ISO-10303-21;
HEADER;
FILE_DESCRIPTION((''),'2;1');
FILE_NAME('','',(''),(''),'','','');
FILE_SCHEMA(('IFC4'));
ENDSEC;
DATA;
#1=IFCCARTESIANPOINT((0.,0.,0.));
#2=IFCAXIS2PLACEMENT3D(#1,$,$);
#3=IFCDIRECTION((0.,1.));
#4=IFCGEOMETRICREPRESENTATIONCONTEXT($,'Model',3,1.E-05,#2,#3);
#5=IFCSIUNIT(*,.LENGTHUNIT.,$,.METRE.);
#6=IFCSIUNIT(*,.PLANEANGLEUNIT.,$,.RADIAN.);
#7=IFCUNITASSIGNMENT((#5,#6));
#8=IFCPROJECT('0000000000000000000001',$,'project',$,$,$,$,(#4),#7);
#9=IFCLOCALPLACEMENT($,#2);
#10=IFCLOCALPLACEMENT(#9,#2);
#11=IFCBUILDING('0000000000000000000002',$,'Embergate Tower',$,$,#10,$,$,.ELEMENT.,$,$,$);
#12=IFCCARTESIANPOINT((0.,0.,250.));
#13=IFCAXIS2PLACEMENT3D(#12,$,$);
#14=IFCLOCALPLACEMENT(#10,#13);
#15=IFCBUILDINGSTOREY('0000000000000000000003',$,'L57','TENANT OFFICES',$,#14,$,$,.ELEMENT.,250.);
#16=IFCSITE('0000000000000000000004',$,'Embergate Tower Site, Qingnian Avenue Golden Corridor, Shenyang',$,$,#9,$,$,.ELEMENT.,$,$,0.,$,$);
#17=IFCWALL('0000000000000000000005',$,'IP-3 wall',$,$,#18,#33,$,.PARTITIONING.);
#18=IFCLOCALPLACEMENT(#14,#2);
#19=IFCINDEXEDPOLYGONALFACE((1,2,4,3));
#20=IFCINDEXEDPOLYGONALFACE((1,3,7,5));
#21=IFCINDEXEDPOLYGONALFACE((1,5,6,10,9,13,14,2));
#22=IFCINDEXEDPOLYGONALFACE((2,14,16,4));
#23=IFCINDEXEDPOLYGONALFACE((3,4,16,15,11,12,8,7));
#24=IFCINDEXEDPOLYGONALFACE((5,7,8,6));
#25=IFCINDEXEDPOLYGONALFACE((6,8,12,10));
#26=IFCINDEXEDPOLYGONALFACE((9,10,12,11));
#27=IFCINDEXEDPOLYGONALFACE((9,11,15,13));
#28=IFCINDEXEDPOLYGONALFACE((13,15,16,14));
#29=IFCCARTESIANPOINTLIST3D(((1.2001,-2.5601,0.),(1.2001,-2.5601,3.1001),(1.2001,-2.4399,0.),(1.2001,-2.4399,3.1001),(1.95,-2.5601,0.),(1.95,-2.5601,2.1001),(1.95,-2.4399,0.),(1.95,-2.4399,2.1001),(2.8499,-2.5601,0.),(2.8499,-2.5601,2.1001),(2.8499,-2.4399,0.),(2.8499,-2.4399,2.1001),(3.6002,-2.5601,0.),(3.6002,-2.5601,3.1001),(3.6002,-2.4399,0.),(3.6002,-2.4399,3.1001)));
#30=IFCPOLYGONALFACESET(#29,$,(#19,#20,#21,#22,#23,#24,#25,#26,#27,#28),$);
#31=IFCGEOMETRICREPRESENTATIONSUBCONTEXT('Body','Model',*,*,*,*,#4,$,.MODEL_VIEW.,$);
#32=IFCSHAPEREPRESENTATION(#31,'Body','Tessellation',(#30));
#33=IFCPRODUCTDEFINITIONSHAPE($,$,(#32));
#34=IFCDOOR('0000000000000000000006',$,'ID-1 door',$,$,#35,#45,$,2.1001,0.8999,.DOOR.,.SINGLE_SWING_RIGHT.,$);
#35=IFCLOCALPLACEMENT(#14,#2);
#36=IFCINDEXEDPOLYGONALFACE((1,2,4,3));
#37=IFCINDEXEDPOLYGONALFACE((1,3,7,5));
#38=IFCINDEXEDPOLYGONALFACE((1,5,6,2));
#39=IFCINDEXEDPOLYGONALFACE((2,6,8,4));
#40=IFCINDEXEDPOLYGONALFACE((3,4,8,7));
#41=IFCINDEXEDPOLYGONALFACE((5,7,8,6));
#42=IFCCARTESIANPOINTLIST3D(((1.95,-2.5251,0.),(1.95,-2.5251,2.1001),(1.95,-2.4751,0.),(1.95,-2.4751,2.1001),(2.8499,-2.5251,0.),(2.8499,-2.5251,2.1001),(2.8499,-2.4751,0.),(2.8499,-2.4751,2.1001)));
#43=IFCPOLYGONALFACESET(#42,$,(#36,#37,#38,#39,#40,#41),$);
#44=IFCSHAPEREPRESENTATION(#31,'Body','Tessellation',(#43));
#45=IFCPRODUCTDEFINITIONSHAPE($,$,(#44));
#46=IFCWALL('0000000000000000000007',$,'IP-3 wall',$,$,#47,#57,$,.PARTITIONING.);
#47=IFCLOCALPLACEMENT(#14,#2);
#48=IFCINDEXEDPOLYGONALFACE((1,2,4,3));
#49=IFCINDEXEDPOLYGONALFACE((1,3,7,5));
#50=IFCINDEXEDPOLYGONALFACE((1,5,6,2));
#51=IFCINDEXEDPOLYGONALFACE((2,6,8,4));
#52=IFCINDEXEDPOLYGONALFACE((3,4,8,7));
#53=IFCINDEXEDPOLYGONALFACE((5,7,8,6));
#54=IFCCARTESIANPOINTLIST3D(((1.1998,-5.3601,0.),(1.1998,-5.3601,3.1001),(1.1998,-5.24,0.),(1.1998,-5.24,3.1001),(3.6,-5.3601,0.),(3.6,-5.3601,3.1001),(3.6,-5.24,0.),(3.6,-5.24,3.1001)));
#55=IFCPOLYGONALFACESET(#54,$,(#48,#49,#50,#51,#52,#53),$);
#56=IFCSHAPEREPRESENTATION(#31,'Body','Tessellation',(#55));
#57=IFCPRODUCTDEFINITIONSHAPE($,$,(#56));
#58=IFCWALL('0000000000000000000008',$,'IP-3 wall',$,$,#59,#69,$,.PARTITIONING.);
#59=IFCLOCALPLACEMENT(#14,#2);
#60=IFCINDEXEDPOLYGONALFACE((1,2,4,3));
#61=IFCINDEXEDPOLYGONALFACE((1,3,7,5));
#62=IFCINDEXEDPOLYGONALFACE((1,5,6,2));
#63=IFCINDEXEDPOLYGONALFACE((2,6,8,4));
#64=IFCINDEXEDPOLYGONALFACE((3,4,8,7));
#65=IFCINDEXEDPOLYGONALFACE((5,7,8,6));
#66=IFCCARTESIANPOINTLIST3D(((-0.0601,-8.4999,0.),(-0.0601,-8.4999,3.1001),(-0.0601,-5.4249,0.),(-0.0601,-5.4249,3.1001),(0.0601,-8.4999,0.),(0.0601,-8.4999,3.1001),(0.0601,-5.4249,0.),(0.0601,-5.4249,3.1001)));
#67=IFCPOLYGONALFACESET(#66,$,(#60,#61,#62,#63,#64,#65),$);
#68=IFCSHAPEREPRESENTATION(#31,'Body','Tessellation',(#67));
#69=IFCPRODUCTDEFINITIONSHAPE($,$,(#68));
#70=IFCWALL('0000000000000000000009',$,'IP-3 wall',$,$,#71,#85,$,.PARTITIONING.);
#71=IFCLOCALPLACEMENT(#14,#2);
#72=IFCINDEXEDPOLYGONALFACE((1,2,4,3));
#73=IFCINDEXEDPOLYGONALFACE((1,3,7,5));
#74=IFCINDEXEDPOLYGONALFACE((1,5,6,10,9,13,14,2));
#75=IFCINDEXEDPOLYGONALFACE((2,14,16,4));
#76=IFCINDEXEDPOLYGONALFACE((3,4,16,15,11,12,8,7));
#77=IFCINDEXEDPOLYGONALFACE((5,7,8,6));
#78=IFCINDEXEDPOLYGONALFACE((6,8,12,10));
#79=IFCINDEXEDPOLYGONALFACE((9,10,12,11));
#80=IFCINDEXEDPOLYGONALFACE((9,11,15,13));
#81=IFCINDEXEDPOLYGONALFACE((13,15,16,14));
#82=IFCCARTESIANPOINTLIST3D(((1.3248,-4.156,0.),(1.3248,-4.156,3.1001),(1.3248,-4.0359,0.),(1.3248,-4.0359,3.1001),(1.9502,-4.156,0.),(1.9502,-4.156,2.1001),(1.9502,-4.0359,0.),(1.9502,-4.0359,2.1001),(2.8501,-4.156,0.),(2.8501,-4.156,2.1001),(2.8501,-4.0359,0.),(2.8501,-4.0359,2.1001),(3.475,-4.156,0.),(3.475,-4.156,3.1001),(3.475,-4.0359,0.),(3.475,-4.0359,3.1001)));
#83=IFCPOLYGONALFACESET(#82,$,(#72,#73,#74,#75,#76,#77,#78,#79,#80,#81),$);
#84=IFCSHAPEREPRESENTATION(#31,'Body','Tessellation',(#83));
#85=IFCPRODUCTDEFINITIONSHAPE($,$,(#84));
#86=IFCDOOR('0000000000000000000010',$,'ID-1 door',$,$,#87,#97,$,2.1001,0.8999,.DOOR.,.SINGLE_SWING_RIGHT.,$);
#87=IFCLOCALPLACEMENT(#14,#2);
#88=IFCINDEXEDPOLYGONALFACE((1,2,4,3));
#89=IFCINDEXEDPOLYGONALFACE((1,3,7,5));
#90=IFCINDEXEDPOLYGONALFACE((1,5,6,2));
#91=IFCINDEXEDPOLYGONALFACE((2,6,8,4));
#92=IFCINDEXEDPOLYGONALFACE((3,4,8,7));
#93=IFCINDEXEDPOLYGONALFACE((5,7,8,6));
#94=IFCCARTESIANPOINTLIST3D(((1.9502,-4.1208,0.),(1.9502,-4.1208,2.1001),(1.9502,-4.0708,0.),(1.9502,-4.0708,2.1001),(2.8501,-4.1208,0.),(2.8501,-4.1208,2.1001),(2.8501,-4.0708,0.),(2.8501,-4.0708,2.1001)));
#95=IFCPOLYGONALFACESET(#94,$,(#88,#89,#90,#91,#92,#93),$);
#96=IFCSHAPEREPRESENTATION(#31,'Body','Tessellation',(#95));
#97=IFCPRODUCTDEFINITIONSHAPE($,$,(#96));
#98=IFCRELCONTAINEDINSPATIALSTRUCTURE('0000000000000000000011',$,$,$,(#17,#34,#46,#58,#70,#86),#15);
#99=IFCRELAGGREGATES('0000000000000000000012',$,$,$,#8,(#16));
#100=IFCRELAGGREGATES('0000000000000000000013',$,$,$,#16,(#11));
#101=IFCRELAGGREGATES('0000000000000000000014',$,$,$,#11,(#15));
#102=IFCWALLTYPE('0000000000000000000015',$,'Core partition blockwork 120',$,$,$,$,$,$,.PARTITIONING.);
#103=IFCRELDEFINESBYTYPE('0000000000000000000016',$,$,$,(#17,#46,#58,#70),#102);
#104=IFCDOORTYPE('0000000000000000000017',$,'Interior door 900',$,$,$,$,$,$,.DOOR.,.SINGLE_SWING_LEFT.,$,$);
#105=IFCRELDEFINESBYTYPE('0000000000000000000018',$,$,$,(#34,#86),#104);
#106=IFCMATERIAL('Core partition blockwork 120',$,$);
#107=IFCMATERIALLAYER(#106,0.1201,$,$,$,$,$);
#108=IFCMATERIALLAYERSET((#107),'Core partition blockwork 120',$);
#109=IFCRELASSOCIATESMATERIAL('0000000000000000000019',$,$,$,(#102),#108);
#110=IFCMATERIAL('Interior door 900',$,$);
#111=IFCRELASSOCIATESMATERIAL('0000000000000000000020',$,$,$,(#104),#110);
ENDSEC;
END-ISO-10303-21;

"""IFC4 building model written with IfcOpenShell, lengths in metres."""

from ifc_helpers import new_model, si_unit, direction, frame, frame_2d, origin, place, context, subcontext, project, spatial, rectangle, extrude, source, transform, mapped, material, layer, layer_set, type_object, element, fill, save


model = new_model("IFC4")

# Units and contexts
model_context = context("Model", 3, precision=1e-05, world=origin(), true_north=direction((0.0, 1.0)))
body_context = subcontext(model_context, "Body", "Model", "MODEL_VIEW")
ifc_project = project(units=[si_unit("LENGTHUNIT", "METRE"), si_unit("PLANEANGLEUNIT", "RADIAN")], contexts=[model_context])

# Site, building, storey
site_placement = place(None, origin())
site = spatial("IfcSite", under=ifc_project, at=site_placement, Name="Embergate Tower Site, Qingnian Avenue Golden Corridor, Shenyang", CompositionType="ELEMENT", RefElevation=0.0)
building_placement = place(site_placement, origin())
building = spatial("IfcBuilding", under=site, at=building_placement, Name="Embergate Tower", CompositionType="ELEMENT")
storey_placement = place(building_placement, frame((0.0, 0.0, 250.0)))
storey = spatial("IfcBuildingStorey", under=building, at=storey_placement, Name="L57", Description="TENANT OFFICES", CompositionType="ELEMENT", Elevation=250.0)

# Wall, opening, door
ifc_material_1 = material(Name="Core partition blockwork 120")
ifc_layer_1 = layer(ifc_material_1, 0.1201)
ifc_layer_set_1 = layer_set([ifc_layer_1], Name="Core partition blockwork 120")
wall_type_1 = type_object("IfcWallType", Name="Core partition blockwork 120", PredefinedType="PARTITIONING", material=ifc_layer_set_1)
shared_shape_1 = source(origin(), body_context, "Body", "SweptSolid", [
    extrude(rectangle(XDim=2.4001, YDim=0.1201, at=frame_2d((1.2002, 0.0))), origin(), (0.0, 0.0, 1.0), 3.1001),
])
wall_1_placement = place(storey_placement, frame((1.2, -2.5, 0.0), z_axis=(0.0, 0.0, 1.0), x_axis=(1.0, 0.0, 0.0)))
wall_1 = element("IfcWall", 1, at=wall_1_placement, inside=storey, type_object=wall_type_1, Name="IP-3 wall", PredefinedType="PARTITIONING", context=body_context, shape_type="MappedRepresentation", body=[
    mapped(shared_shape_1, transform((0.0, 0.0, 0.0))),
])
shared_shape_2 = source(origin(), body_context, "Body", "SweptSolid", [
    extrude(rectangle(XDim=0.8999, YDim=2.1001, at=frame_2d((0.45, 1.05))), frame((0.0, 0.0701, 0.0), z_axis=(0.0, -1.0, 0.0), x_axis=(1.0, 0.0, 0.0)), (0.0, 0.0, 1.0), 0.1401),
])
opening_1_placement = place(wall_1_placement, frame((0.75, 0.0, 0.0)))
opening_1 = element("IfcOpeningElement", 2, at=opening_1_placement, cuts=wall_1, PredefinedType="OPENING", context=body_context, shape_type="MappedRepresentation", body=[
    mapped(shared_shape_2, transform((0.0, 0.0, 0.0))),
])
ifc_material_2 = material(Name="Interior door 900")
door_type_1 = type_object("IfcDoorType", Name="Interior door 900", OperationType="SINGLE_SWING_LEFT", PredefinedType="DOOR", material=ifc_material_2)
shared_shape_3 = source(origin(), body_context, "Body", "SweptSolid", [
    extrude(rectangle(XDim=0.8999, YDim=2.1001, at=frame_2d((0.45, 1.05))), frame((0.0, 0.0249, 0.0), z_axis=(0.0, -1.0, 0.0), x_axis=(1.0, 0.0, 0.0)), (0.0, 0.0, 1.0), 0.05),
])
door_1_placement = place(opening_1_placement, origin())
door_1 = element("IfcDoor", 3, at=door_1_placement, inside=storey, type_object=door_type_1, Name="ID-1 door", OperationType="SINGLE_SWING_RIGHT", OverallHeight=2.1001, OverallWidth=0.8999, PredefinedType="DOOR", context=body_context, shape_type="MappedRepresentation", body=[
    mapped(shared_shape_3, transform((0.0, 0.0, 0.0))),
])
fill(opening_1, door_1)

# Walls
wall_2_placement = place(storey_placement, frame((3.6001, -5.3, 0.0), z_axis=(0.0, 0.0, 1.0), x_axis=(-1.0, 0.0, 0.0)))
element("IfcWall", 4, at=wall_2_placement, inside=storey, type_object=wall_type_1, Name="IP-3 wall", PredefinedType="PARTITIONING", context=body_context, shape_type="MappedRepresentation", body=[
    mapped(shared_shape_1, transform((0.0, 0.0, 0.0))),
])
shared_shape_4 = source(origin(), body_context, "Body", "SweptSolid", [
    extrude(rectangle(XDim=3.075, YDim=0.1201, at=frame_2d((1.5376, 0.0))), origin(), (0.0, 0.0, 1.0), 3.1001),
])
wall_3_placement = place(storey_placement, frame((0.0, -8.5, 0.0), z_axis=(0.0, 0.0, 1.0), x_axis=(0.0, 1.0, 0.0)))
element("IfcWall", 5, at=wall_3_placement, inside=storey, type_object=wall_type_1, Name="IP-3 wall", PredefinedType="PARTITIONING", context=body_context, shape_type="MappedRepresentation", body=[
    mapped(shared_shape_4, transform((0.0, 0.0, 0.0))),
])

# Wall, opening, door
shared_shape_5 = source(origin(), body_context, "Body", "SweptSolid", [
    extrude(rectangle(XDim=2.1501, YDim=0.1201, at=frame_2d((1.0752, 0.0))), origin(), (0.0, 0.0, 1.0), 3.1001),
])
wall_4_placement = place(storey_placement, frame((3.4751, -4.0959, 0.0), z_axis=(0.0, 0.0, 1.0), x_axis=(-1.0, 0.0, 0.0)))
wall_4 = element("IfcWall", 6, at=wall_4_placement, inside=storey, type_object=wall_type_1, Name="IP-3 wall", PredefinedType="PARTITIONING", context=body_context, shape_type="MappedRepresentation", body=[
    mapped(shared_shape_5, transform((0.0, 0.0, 0.0))),
])
opening_2_placement = place(wall_4_placement, frame((0.625, 0.0, 0.0)))
opening_2 = element("IfcOpeningElement", 7, at=opening_2_placement, cuts=wall_4, PredefinedType="OPENING", context=body_context, shape_type="MappedRepresentation", body=[
    mapped(shared_shape_2, transform((0.0, 0.0, 0.0))),
])
door_2_placement = place(opening_2_placement, origin())
door_2 = element("IfcDoor", 8, at=door_2_placement, inside=storey, type_object=door_type_1, Name="ID-1 door", OperationType="SINGLE_SWING_RIGHT", OverallHeight=2.1001, OverallWidth=0.8999, PredefinedType="DOOR", context=body_context, shape_type="MappedRepresentation", body=[
    mapped(shared_shape_3, transform((0.0, 0.0, 0.0))),
])
fill(opening_2, door_2)

save(model, "model.ifc")
